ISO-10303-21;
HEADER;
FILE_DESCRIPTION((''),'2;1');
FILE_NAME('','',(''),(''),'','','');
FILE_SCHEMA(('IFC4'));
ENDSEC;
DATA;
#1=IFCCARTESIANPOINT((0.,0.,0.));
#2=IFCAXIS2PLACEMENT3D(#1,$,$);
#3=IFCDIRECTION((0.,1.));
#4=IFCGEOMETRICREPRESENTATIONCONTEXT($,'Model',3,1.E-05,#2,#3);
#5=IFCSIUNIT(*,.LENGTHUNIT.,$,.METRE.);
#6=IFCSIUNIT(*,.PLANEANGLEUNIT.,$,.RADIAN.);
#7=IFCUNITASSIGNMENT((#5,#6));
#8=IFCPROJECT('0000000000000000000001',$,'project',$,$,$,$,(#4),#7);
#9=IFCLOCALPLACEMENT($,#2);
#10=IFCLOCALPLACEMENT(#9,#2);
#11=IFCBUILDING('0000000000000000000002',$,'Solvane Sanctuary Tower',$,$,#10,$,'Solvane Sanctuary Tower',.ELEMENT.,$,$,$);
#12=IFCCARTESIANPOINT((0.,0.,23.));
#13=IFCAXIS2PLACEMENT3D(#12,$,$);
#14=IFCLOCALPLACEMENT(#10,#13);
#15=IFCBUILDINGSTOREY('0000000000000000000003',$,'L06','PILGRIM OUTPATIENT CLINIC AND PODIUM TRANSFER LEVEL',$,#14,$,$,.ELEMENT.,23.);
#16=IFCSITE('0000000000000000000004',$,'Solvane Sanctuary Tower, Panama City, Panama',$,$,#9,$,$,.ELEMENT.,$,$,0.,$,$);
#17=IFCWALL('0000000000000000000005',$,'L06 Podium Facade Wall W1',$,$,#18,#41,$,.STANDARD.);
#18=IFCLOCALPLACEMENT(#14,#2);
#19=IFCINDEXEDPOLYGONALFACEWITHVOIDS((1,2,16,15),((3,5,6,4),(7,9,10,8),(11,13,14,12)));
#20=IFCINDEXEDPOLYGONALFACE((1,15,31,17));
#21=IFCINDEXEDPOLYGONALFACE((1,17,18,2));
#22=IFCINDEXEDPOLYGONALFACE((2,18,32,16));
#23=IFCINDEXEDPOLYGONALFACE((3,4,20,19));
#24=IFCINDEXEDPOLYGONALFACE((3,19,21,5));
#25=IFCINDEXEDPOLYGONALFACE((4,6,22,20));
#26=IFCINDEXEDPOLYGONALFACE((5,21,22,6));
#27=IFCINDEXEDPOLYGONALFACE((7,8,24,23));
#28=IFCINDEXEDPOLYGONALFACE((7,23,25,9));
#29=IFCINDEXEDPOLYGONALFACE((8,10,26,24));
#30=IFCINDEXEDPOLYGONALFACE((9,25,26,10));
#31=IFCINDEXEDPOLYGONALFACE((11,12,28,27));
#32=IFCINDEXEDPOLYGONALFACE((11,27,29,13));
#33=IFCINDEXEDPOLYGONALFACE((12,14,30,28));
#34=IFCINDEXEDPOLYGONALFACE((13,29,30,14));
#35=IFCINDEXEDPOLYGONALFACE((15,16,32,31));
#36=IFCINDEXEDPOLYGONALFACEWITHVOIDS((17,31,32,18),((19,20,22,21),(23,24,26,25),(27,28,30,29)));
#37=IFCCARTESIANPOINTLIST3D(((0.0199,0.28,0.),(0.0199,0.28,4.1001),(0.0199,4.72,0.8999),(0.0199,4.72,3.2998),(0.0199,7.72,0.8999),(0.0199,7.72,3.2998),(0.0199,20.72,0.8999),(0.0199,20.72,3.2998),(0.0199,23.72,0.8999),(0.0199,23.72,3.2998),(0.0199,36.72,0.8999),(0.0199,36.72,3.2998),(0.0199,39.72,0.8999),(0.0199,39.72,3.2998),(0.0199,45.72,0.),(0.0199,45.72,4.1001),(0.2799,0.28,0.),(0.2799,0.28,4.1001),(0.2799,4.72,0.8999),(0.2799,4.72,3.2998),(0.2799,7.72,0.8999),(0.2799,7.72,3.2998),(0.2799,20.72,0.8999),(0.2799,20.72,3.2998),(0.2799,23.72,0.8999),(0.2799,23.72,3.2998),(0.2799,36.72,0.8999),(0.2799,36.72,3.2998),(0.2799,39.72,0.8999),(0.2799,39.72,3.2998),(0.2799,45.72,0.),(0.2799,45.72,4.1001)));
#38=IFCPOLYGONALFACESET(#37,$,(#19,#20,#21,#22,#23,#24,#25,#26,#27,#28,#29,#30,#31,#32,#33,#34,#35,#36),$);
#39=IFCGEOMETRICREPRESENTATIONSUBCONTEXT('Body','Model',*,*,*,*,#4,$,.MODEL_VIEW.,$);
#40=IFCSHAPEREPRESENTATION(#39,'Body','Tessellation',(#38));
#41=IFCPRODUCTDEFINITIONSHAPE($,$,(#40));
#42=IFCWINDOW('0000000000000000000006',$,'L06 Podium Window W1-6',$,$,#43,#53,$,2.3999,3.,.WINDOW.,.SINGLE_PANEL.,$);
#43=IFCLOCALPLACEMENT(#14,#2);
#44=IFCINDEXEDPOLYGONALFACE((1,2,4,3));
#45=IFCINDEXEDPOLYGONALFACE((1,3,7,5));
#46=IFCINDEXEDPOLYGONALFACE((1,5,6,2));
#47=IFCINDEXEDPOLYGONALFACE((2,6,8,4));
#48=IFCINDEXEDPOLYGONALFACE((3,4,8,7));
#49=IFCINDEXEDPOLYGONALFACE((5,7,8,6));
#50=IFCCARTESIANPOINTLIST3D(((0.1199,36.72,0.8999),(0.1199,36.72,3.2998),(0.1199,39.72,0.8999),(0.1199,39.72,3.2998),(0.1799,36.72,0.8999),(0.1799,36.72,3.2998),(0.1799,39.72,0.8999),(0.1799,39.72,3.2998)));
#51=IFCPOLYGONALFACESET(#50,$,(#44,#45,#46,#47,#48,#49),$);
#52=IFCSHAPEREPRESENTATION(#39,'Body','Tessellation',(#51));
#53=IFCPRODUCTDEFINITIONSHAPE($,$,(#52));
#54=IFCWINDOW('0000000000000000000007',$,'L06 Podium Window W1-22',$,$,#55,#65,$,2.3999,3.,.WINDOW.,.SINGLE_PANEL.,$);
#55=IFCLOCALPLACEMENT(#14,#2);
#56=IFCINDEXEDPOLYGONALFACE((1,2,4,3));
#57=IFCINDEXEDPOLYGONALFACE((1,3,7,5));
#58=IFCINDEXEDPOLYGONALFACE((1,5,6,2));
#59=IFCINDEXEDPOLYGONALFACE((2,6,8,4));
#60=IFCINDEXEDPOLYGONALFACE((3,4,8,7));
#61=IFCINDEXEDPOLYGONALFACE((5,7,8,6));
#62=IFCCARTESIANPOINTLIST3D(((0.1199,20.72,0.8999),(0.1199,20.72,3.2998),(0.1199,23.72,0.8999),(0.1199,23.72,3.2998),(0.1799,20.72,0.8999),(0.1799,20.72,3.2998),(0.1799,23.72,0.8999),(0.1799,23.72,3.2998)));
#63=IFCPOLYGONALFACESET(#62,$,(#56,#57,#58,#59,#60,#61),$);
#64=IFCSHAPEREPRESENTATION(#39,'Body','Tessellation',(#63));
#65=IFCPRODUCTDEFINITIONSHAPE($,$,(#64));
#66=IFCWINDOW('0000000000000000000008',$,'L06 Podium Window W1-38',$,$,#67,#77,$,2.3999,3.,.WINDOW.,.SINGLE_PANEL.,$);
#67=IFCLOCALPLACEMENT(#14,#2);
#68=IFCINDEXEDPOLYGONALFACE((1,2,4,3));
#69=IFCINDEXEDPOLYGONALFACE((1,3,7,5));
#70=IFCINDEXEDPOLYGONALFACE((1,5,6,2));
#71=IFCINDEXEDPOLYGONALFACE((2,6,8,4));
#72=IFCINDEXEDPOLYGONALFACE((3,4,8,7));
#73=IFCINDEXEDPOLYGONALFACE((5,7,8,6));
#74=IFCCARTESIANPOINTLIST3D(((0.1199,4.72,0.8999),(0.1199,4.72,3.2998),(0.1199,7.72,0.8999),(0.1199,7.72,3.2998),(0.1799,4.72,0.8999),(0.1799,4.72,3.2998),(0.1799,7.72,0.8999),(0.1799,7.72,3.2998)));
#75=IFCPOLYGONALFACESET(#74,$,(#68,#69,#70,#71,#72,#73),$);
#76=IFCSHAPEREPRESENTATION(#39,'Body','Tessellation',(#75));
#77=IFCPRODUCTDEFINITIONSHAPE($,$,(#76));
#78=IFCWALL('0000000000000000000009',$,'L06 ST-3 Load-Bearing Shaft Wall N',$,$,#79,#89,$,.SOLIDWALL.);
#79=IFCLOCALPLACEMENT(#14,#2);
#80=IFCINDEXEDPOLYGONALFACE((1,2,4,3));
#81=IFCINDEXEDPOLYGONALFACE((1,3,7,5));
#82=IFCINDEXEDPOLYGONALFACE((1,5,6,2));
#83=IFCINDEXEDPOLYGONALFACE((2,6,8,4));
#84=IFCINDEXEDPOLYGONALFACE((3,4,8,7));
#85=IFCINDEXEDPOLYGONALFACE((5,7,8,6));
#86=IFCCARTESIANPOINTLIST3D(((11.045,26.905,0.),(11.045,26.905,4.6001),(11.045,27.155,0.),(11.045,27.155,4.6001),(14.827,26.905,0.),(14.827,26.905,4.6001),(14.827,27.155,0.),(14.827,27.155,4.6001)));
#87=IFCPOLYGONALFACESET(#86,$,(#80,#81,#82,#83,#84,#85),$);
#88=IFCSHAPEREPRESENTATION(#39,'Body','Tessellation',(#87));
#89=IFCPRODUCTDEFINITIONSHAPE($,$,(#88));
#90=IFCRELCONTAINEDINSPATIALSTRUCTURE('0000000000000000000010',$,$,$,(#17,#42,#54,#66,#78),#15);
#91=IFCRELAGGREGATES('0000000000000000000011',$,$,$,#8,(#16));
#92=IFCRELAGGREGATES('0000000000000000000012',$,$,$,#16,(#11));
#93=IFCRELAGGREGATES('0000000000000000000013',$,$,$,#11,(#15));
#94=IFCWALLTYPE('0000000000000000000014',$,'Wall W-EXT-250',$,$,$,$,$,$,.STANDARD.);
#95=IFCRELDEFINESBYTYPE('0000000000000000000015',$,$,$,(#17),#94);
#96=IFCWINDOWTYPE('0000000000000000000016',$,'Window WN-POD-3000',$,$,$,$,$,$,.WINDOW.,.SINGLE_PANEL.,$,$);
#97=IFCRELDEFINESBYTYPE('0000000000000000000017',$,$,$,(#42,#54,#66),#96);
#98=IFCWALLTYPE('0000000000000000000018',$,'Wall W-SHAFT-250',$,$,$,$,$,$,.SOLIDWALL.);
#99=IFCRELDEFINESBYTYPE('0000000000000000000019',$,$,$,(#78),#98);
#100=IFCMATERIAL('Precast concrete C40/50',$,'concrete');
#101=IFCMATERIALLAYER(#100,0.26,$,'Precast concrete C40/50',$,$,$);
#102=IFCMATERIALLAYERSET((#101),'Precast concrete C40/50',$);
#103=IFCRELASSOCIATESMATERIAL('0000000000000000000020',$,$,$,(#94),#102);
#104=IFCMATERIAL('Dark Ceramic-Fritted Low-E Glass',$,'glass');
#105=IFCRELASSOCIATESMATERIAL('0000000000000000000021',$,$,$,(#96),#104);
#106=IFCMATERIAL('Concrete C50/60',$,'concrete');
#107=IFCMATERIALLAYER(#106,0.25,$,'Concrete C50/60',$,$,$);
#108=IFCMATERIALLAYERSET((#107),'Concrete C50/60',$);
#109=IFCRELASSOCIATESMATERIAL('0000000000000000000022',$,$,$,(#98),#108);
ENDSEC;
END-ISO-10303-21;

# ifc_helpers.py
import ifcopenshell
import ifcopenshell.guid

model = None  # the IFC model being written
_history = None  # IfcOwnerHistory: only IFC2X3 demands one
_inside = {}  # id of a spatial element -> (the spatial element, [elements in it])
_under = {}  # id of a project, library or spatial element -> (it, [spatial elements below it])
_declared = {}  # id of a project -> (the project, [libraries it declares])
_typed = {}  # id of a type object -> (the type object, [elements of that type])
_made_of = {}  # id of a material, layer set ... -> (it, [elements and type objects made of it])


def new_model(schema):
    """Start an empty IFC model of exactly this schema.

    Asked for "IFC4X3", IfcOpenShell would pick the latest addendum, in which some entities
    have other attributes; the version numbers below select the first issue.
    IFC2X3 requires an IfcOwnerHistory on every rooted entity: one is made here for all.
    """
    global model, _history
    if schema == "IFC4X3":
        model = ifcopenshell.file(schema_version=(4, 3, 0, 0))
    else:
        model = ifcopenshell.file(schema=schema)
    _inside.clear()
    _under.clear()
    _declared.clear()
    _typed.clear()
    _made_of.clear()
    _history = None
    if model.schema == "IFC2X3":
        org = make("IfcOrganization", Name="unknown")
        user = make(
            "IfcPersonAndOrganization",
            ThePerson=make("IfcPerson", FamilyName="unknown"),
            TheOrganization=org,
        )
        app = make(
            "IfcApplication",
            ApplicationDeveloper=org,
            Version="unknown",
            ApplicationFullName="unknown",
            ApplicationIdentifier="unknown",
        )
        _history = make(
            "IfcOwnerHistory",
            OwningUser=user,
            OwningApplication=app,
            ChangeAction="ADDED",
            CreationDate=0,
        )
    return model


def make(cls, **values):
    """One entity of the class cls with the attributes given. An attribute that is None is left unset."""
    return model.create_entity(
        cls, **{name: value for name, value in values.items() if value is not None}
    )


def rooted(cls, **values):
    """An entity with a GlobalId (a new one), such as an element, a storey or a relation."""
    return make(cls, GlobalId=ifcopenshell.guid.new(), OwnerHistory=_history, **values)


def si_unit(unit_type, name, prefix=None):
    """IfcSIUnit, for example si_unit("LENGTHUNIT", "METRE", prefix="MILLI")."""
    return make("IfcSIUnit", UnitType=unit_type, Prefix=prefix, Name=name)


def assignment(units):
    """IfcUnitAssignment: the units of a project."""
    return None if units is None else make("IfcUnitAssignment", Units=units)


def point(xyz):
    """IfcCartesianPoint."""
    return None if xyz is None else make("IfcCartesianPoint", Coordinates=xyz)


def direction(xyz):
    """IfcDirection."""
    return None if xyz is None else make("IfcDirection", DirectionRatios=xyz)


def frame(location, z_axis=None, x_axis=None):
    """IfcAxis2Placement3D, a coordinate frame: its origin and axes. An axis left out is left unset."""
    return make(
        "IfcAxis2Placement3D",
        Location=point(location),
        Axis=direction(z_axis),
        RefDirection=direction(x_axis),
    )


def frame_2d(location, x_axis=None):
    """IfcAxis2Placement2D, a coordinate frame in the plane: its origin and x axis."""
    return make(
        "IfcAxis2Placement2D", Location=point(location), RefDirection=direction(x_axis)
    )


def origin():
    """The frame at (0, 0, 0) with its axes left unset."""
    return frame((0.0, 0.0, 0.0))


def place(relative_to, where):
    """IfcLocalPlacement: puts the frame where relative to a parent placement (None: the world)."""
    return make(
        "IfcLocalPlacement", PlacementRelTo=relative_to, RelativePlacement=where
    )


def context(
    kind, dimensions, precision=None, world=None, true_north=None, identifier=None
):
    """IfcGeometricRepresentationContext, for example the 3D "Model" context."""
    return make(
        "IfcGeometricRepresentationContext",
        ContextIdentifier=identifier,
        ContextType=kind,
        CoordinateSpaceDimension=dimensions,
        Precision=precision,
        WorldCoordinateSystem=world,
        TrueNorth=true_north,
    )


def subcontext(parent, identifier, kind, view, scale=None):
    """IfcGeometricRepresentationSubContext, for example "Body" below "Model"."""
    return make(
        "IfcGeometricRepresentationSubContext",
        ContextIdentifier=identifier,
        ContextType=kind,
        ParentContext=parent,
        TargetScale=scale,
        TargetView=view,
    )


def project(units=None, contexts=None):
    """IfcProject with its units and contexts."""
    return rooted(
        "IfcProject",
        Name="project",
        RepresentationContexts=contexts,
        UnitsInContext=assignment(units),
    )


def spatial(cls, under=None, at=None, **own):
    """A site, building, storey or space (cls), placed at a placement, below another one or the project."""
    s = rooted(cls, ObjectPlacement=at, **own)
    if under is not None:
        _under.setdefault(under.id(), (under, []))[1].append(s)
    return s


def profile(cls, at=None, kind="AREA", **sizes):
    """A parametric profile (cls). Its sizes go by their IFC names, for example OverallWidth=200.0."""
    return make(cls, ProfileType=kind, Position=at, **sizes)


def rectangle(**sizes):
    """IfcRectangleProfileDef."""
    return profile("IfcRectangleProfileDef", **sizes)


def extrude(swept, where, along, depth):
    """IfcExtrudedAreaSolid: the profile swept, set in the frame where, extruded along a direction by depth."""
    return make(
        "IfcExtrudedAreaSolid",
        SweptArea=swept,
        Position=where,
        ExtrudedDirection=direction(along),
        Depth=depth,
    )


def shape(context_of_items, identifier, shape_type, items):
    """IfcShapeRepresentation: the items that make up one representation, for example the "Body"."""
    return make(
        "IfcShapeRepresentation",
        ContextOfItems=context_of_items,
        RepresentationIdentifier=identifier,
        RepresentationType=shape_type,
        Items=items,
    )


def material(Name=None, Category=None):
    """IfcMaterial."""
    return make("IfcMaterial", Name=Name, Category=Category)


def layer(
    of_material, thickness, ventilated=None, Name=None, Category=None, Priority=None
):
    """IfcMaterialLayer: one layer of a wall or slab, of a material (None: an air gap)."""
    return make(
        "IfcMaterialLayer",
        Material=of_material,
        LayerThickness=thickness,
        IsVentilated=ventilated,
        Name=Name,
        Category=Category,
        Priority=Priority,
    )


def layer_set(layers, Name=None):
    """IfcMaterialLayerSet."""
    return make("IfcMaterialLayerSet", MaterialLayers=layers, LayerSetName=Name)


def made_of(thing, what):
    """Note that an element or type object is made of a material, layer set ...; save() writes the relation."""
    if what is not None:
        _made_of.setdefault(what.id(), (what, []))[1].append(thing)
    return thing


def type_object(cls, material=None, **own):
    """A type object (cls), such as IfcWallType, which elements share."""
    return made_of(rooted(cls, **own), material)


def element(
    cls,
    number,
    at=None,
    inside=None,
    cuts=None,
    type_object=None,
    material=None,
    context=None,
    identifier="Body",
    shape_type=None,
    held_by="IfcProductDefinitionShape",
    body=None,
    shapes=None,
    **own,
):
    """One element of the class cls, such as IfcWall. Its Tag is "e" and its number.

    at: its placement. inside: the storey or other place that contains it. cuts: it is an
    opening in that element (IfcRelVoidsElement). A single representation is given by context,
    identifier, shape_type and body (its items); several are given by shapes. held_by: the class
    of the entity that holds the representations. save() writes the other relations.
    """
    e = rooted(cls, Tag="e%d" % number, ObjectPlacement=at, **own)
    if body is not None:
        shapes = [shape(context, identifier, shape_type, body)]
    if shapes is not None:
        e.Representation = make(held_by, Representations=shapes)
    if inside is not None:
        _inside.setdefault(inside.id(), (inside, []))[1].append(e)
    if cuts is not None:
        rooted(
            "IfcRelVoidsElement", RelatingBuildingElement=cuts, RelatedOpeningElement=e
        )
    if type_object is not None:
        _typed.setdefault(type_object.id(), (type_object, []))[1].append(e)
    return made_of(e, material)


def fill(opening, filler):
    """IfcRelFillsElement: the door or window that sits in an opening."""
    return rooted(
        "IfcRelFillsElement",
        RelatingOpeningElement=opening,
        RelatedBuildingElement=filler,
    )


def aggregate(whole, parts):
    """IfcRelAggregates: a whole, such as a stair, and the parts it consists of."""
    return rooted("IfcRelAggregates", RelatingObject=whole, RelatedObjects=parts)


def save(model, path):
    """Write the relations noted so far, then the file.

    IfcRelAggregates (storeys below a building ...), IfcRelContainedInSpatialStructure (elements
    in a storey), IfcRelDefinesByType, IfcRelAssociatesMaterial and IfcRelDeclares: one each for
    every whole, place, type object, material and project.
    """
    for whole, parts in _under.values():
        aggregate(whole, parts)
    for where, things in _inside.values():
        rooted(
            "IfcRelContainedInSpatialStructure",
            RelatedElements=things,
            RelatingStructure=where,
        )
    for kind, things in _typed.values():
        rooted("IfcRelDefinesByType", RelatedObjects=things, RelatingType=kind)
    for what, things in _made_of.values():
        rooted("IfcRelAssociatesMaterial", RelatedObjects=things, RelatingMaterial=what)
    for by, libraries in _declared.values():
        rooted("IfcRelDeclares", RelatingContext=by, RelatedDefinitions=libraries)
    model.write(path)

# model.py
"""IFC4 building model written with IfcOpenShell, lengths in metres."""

from ifc_helpers import new_model, si_unit, direction, frame, frame_2d, origin, place, context, subcontext, project, spatial, rectangle, extrude, material, layer, layer_set, type_object, element, fill, save


model = new_model("IFC4")

# Units and contexts
model_context = context("Model", 3, precision=1e-05, world=origin(), true_north=direction((0.0, 1.0)))
body_context = subcontext(model_context, "Body", "Model", "MODEL_VIEW")
ifc_project = project(units=[si_unit("LENGTHUNIT", "METRE"), si_unit("PLANEANGLEUNIT", "RADIAN")], contexts=[model_context])

# Site, building, storey
site_placement = place(None, origin())
site = spatial("IfcSite", under=ifc_project, at=site_placement, Name="Solvane Sanctuary Tower, Panama City, Panama", CompositionType="ELEMENT", RefElevation=0.0)
building_placement = place(site_placement, origin())
building = spatial("IfcBuilding", under=site, at=building_placement, Name="Solvane Sanctuary Tower", LongName="Solvane Sanctuary Tower", CompositionType="ELEMENT")
storey_placement = place(building_placement, frame((0.0, 0.0, 23.0)))
storey = spatial("IfcBuildingStorey", under=building, at=storey_placement, Name="L06", Description="PILGRIM OUTPATIENT CLINIC AND PODIUM TRANSFER LEVEL", CompositionType="ELEMENT", Elevation=23.0)

# Wall, openings, windows
ifc_material_1 = material(Name="Precast concrete C40/50", Category="concrete")
ifc_layer_1 = layer(ifc_material_1, 0.26, Name="Precast concrete C40/50")
ifc_layer_set_1 = layer_set([ifc_layer_1], Name="Precast concrete C40/50")
wall_type_1 = type_object("IfcWallType", Name="Wall W-EXT-250", PredefinedType="STANDARD", material=ifc_layer_set_1)
wall_1_placement = place(storey_placement, frame((0.1499, 45.72, 0.0), z_axis=(0.0, 0.0, 1.0), x_axis=(0.0, -1.0, 0.0)))
wall_1 = element("IfcWall", 1, at=wall_1_placement, inside=storey, type_object=wall_type_1, Name="L06 Podium Facade Wall W1", PredefinedType="STANDARD", context=body_context, shape_type="SweptSolid", body=[
    extrude(rectangle(XDim=45.4399, YDim=0.26, at=frame_2d((22.72, 0.0))), origin(), (0.0, 0.0, 1.0), 4.1001),
])
opening_1_placement = place(wall_1_placement, frame((6.0, 0.0, 0.8999)))
opening_1 = element("IfcOpeningElement", 2, at=opening_1_placement, cuts=wall_1, PredefinedType="OPENING", context=body_context, shape_type="SweptSolid", body=[
    extrude(rectangle(XDim=3.0, YDim=2.3999, at=frame_2d((1.5, 1.2))), frame((0.0, 0.1399, 0.0), z_axis=(0.0, -1.0, 0.0), x_axis=(1.0, 0.0, 0.0)), (0.0, 0.0, 1.0), 0.28),
])
opening_2_placement = place(wall_1_placement, frame((22.0, 0.0, 0.8999)))
opening_2 = element("IfcOpeningElement", 3, at=opening_2_placement, cuts=wall_1, PredefinedType="OPENING", context=body_context, shape_type="SweptSolid", body=[
    extrude(rectangle(XDim=3.0, YDim=2.3999, at=frame_2d((1.5, 1.2))), frame((0.0, 0.1399, 0.0), z_axis=(0.0, -1.0, 0.0), x_axis=(1.0, 0.0, 0.0)), (0.0, 0.0, 1.0), 0.28),
])
opening_3_placement = place(wall_1_placement, frame((38.0, 0.0, 0.8999)))
opening_3 = element("IfcOpeningElement", 4, at=opening_3_placement, cuts=wall_1, PredefinedType="OPENING", context=body_context, shape_type="SweptSolid", body=[
    extrude(rectangle(XDim=3.0, YDim=2.3999, at=frame_2d((1.5, 1.2))), frame((0.0, 0.1399, 0.0), z_axis=(0.0, -1.0, 0.0), x_axis=(1.0, 0.0, 0.0)), (0.0, 0.0, 1.0), 0.28),
])
ifc_material_2 = material(Name="Dark Ceramic-Fritted Low-E Glass", Category="glass")
window_type = type_object("IfcWindowType", Name="Window WN-POD-3000", PartitioningType="SINGLE_PANEL", PredefinedType="WINDOW", material=ifc_material_2)
window_1_placement = place(opening_1_placement, origin())
window_1 = element("IfcWindow", 5, at=window_1_placement, inside=storey, type_object=window_type, Name="L06 Podium Window W1-6", OverallHeight=2.3999, OverallWidth=3.0, PartitioningType="SINGLE_PANEL", PredefinedType="WINDOW", context=body_context, shape_type="SweptSolid", body=[
    extrude(rectangle(XDim=3.0, YDim=2.3999, at=frame_2d((1.5, 1.2))), frame((0.0, 0.03, 0.0), z_axis=(0.0, -1.0, 0.0), x_axis=(1.0, 0.0, 0.0)), (0.0, 0.0, 1.0), 0.0601),
])
fill(opening_1, window_1)
window_2_placement = place(opening_2_placement, origin())
window_2 = element("IfcWindow", 6, at=window_2_placement, inside=storey, type_object=window_type, Name="L06 Podium Window W1-22", OverallHeight=2.3999, OverallWidth=3.0, PartitioningType="SINGLE_PANEL", PredefinedType="WINDOW", context=body_context, shape_type="SweptSolid", body=[
    extrude(rectangle(XDim=3.0, YDim=2.3999, at=frame_2d((1.5, 1.2))), frame((0.0, 0.03, 0.0), z_axis=(0.0, -1.0, 0.0), x_axis=(1.0, 0.0, 0.0)), (0.0, 0.0, 1.0), 0.0601),
])
fill(opening_2, window_2)
window_3_placement = place(opening_3_placement, origin())
window_3 = element("IfcWindow", 7, at=window_3_placement, inside=storey, type_object=window_type, Name="L06 Podium Window W1-38", OverallHeight=2.3999, OverallWidth=3.0, PartitioningType="SINGLE_PANEL", PredefinedType="WINDOW", context=body_context, shape_type="SweptSolid", body=[
    extrude(rectangle(XDim=3.0, YDim=2.3999, at=frame_2d((1.5, 1.2))), frame((0.0, 0.03, 0.0), z_axis=(0.0, -1.0, 0.0), x_axis=(1.0, 0.0, 0.0)), (0.0, 0.0, 1.0), 0.0601),
])
fill(opening_3, window_3)

# Wall
ifc_material_3 = material(Name="Concrete C50/60", Category="concrete")
ifc_layer_2 = layer(ifc_material_3, 0.25, Name="Concrete C50/60")
ifc_layer_set_2 = layer_set([ifc_layer_2], Name="Concrete C50/60")
wall_type_2 = type_object("IfcWallType", Name="Wall W-SHAFT-250", PredefinedType="SOLIDWALL", material=ifc_layer_set_2)
wall_2_placement = place(storey_placement, frame((11.0449, 27.03, 0.0), z_axis=(0.0, 0.0, 1.0), x_axis=(1.0, 0.0, 0.0)))
element("IfcWall", 8, at=wall_2_placement, inside=storey, type_object=wall_type_2, Name="L06 ST-3 Load-Bearing Shaft Wall N", PredefinedType="SOLIDWALL", context=body_context, shape_type="SweptSolid", body=[
    extrude(rectangle(XDim=3.782, YDim=0.25, at=frame_2d((1.8911, 0.0))), origin(), (0.0, 0.0, 1.0), 4.6001),
])

save(model, "model.ifc")
